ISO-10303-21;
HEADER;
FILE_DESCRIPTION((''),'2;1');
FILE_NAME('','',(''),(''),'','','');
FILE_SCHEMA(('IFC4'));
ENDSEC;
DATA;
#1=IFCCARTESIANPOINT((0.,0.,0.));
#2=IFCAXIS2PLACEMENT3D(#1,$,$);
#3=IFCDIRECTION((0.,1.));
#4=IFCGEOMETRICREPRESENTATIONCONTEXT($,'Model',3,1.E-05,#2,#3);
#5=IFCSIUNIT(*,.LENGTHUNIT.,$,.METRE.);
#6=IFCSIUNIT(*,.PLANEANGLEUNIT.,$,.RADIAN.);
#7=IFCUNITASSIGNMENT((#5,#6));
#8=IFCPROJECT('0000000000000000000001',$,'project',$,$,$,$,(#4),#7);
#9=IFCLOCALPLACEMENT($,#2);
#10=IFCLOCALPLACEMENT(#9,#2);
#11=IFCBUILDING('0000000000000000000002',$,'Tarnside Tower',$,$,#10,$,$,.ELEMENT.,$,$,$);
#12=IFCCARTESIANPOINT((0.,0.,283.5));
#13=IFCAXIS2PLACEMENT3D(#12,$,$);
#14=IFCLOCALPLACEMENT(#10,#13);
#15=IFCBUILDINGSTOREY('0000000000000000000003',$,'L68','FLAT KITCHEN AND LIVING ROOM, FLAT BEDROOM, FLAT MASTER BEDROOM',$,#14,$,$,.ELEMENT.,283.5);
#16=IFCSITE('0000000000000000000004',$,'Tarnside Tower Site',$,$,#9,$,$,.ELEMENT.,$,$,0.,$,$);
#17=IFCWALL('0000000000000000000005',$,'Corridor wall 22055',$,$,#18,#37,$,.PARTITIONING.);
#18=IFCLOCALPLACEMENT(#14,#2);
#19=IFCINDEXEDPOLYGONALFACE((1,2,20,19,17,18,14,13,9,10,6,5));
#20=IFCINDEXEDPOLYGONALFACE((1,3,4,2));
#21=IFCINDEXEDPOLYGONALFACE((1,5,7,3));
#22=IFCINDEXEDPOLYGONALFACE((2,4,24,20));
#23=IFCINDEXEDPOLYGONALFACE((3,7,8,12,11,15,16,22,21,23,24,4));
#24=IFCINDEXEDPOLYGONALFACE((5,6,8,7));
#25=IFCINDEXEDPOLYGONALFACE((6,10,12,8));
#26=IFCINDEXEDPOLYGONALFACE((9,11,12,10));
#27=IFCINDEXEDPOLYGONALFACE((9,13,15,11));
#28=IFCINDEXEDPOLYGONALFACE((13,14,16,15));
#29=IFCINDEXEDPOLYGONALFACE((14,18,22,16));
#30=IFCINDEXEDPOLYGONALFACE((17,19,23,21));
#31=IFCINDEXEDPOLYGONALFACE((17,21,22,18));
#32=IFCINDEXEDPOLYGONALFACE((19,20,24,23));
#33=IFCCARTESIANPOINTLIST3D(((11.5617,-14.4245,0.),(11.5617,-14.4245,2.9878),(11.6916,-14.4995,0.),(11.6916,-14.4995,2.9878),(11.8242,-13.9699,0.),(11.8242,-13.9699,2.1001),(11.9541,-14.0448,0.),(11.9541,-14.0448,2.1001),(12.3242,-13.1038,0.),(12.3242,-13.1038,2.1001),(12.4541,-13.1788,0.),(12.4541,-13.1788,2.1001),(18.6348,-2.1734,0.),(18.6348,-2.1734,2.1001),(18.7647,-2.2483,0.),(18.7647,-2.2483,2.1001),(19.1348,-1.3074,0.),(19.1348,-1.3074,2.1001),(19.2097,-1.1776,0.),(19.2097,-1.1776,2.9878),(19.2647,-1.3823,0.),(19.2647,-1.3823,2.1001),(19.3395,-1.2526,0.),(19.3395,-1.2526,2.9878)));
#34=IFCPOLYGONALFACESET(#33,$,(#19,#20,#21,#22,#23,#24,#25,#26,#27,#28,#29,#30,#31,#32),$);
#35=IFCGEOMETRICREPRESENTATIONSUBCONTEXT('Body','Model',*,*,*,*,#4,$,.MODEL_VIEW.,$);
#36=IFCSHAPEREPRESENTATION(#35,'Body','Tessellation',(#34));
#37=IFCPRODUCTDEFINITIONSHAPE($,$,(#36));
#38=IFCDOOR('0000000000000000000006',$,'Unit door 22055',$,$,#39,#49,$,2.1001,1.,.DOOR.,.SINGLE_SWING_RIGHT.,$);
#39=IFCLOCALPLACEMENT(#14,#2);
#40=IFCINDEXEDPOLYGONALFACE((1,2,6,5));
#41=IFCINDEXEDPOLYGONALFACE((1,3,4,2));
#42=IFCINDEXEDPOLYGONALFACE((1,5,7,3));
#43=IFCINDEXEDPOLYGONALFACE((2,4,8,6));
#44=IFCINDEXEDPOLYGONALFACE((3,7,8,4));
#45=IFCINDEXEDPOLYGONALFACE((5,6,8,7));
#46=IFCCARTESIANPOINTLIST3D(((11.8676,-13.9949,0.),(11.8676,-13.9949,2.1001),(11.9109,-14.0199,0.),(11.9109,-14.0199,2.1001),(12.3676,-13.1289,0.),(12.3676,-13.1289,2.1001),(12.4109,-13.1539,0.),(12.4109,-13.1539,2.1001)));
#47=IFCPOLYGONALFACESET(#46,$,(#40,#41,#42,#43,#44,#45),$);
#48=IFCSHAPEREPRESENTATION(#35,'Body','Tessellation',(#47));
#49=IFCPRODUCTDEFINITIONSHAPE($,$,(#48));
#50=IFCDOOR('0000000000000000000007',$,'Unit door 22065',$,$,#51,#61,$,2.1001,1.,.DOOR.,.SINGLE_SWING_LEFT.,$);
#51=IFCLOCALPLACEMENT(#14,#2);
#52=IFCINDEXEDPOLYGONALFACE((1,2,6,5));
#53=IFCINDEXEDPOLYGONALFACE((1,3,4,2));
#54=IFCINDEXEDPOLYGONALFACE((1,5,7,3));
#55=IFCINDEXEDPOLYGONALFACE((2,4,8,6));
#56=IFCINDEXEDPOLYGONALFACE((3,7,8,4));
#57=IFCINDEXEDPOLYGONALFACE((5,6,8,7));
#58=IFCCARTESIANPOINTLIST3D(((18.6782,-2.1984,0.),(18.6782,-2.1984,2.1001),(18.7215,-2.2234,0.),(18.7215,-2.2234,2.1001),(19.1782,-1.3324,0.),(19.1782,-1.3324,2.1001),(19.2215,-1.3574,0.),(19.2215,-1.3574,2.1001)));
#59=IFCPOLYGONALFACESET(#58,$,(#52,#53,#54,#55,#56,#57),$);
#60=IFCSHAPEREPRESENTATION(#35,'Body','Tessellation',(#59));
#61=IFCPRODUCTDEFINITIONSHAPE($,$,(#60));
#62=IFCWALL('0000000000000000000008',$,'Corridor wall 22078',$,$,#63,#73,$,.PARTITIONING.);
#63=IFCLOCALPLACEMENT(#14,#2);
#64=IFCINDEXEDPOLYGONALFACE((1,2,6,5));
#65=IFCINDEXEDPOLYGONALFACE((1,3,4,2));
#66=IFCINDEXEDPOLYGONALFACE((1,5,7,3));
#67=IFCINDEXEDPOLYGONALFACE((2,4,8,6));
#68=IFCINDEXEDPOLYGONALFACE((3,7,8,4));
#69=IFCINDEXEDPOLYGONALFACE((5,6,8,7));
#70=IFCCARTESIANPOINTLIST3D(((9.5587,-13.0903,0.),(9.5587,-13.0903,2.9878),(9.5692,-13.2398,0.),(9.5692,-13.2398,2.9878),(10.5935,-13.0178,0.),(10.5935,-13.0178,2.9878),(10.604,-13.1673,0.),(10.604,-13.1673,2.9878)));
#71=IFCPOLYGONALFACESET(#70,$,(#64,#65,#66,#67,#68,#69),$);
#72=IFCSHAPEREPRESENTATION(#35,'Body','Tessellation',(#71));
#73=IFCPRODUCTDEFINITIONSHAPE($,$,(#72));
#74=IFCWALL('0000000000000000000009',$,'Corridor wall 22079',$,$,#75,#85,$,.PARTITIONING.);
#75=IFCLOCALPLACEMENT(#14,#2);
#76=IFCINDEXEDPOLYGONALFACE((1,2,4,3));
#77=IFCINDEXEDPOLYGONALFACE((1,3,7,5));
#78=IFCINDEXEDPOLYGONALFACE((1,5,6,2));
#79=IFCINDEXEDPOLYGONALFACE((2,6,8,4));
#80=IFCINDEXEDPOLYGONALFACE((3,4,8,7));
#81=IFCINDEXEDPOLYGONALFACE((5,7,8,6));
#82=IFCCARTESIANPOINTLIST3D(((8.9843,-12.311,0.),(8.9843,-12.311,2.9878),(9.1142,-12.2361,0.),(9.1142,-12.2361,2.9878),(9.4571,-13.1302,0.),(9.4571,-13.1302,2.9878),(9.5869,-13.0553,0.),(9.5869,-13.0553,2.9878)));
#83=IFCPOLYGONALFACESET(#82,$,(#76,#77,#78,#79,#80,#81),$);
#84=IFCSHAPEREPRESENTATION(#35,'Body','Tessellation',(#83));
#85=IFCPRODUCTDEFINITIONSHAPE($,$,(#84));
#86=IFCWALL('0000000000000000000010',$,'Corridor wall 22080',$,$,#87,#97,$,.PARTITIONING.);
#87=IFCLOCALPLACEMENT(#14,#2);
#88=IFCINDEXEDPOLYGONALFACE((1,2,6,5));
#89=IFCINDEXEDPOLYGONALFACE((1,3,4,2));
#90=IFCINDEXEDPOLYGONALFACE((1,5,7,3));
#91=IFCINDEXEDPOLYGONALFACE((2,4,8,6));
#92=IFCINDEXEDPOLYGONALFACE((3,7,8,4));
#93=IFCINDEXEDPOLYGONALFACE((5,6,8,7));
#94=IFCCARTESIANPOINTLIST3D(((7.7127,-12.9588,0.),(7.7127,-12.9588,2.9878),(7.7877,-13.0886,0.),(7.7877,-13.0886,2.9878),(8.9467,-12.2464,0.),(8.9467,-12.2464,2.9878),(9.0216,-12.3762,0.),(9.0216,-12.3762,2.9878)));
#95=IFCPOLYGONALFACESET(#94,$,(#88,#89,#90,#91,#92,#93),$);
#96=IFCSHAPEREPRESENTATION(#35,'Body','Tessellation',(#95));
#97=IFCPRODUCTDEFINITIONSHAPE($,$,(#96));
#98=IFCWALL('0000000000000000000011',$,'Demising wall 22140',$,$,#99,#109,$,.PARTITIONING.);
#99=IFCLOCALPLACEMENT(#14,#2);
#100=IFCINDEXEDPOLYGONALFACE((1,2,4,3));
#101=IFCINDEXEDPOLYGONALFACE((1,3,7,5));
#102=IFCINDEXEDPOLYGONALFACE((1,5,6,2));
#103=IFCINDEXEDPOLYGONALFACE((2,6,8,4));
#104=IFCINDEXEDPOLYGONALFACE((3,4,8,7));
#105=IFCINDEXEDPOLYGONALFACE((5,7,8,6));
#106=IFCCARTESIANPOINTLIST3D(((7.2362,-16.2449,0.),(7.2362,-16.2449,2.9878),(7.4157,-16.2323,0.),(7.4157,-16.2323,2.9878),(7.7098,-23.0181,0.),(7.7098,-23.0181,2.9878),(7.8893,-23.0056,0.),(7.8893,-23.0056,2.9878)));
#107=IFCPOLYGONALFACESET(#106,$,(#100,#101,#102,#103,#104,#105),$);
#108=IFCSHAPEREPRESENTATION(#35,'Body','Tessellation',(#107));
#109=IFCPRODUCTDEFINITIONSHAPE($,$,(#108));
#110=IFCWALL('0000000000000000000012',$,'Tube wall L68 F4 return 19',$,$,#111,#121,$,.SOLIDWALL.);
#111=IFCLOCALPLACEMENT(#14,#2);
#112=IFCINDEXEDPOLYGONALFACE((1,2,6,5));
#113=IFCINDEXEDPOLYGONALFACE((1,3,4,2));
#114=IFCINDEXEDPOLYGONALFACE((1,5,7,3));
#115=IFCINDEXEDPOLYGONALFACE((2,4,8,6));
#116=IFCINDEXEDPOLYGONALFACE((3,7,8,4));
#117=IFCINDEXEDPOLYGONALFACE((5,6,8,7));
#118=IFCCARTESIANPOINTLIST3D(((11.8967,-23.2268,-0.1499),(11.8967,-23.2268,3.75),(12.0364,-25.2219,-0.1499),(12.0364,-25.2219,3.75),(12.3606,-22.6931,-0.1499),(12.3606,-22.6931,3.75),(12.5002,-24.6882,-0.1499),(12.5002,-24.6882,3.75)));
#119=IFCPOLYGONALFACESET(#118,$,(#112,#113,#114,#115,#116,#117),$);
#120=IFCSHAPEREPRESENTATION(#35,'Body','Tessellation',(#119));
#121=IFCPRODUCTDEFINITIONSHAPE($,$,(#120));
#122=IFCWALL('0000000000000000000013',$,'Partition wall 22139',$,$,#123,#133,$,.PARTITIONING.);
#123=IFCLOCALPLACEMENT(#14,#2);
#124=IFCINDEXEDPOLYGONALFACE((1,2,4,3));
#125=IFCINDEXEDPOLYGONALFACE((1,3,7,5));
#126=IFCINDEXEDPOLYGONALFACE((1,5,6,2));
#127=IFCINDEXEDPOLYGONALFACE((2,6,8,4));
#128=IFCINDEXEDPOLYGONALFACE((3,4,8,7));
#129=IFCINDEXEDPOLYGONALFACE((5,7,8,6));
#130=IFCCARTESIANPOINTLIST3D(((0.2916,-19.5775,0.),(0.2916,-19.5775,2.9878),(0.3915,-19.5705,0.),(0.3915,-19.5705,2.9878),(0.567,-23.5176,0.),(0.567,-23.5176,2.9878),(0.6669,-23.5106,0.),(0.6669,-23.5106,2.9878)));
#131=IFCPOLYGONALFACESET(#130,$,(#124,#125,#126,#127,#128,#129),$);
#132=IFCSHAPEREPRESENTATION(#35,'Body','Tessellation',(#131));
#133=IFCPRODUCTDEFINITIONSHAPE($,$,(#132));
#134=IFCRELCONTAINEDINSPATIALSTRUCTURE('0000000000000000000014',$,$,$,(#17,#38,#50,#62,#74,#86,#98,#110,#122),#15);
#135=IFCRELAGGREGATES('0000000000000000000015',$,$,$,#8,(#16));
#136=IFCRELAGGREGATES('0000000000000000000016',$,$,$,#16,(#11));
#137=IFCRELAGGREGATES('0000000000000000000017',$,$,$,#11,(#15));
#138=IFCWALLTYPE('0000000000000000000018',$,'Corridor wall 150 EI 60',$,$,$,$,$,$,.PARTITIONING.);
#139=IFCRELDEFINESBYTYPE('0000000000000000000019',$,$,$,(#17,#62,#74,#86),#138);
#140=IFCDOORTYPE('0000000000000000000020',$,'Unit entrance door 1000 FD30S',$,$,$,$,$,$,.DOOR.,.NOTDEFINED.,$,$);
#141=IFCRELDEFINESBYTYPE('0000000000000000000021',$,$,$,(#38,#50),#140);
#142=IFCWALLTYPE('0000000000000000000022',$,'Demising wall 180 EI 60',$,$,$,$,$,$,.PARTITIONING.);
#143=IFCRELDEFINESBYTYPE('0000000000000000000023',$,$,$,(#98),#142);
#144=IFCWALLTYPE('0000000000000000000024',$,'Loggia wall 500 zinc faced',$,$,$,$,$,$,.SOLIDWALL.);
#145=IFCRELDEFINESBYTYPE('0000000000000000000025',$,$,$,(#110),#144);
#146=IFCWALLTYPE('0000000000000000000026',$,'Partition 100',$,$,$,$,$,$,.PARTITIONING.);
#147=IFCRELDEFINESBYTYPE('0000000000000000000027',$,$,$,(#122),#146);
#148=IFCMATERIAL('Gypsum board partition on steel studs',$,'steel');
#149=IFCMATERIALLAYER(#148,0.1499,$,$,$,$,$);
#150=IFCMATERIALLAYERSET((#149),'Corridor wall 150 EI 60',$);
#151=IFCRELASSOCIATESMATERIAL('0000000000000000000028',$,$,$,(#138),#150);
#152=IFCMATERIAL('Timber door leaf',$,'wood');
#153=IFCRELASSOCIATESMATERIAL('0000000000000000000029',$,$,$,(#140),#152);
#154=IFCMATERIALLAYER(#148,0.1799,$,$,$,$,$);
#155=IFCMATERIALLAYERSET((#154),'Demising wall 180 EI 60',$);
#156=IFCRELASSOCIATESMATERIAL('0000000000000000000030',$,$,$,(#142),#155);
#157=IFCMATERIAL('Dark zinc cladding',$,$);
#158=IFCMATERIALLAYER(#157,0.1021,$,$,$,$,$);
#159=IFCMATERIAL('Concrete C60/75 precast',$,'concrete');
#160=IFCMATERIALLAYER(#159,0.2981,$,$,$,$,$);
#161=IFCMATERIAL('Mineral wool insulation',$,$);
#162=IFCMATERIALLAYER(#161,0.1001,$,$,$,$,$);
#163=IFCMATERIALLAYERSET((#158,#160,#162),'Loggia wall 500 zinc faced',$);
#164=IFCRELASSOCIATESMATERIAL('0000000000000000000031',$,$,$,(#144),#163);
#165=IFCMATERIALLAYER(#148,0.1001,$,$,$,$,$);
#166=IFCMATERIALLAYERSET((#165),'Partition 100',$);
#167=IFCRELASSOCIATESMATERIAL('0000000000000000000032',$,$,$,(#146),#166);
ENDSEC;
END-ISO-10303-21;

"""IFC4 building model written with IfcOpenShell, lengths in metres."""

from ifc_helpers import new_model, si_unit, direction, frame, frame_2d, origin, place, context, subcontext, project, spatial, polyline, rectangle, outline, extrude, material, layer, layer_set, type_object, element, fill, save


model = new_model("IFC4")

# Units and contexts
model_context = context("Model", 3, precision=1e-05, world=origin(), true_north=direction((0.0, 1.0)))
body_context = subcontext(model_context, "Body", "Model", "MODEL_VIEW")
ifc_project = project(units=[si_unit("LENGTHUNIT", "METRE"), si_unit("PLANEANGLEUNIT", "RADIAN")], contexts=[model_context])

# Site, building, storey
site_placement = place(None, origin())
site = spatial("IfcSite", under=ifc_project, at=site_placement, Name="Tarnside Tower Site", CompositionType="ELEMENT", RefElevation=0.0)
building_placement = place(site_placement, origin())
building = spatial("IfcBuilding", under=site, at=building_placement, Name="Tarnside Tower", CompositionType="ELEMENT")
storey_placement = place(building_placement, frame((0.0, 0.0, 283.5)))
storey = spatial("IfcBuildingStorey", under=building, at=storey_placement, Name="L68", Description="FLAT KITCHEN AND LIVING ROOM, FLAT BEDROOM, FLAT MASTER BEDROOM", CompositionType="ELEMENT", Elevation=283.5)

# Shared definitions
ifc_material_1 = material(Name="Gypsum board partition on steel studs", Category="steel")
ifc_layer_1 = layer(ifc_material_1, 0.1499)
ifc_layer_set_1 = layer_set([ifc_layer_1], Name="Corridor wall 150 EI 60")
wall_type_1 = type_object("IfcWallType", Name="Corridor wall 150 EI 60", PredefinedType="PARTITIONING", material=ifc_layer_set_1)
ifc_material_2 = material(Name="Timber door leaf", Category="wood")
door_type_1 = type_object("IfcDoorType", Name="Unit entrance door 1000 FD30S", OperationType="NOTDEFINED", PredefinedType="DOOR", material=ifc_material_2)

# Wall, openings, doors
wall_1_placement = place(storey_placement, frame((11.6267, -14.4619, 0.0), z_axis=(0.0, 0.0, 1.0), x_axis=(0.499995, 0.866029, 0.0)))
wall_1 = element("IfcWall", 1, at=wall_1_placement, inside=storey, type_object=wall_type_1, Name="Corridor wall 22055", PredefinedType="PARTITIONING", context=body_context, shape_type="SweptSolid", body=[
    extrude(rectangle(XDim=15.2961, YDim=0.1499, at=frame_2d((7.6479, 0.0))), origin(), (0.0, 0.0, 1.0), 2.9878),
])
opening_1_placement = place(wall_1_placement, frame((0.5249, 0.0, 0.0)))
opening_1 = element("IfcOpeningElement", 2, at=opening_1_placement, cuts=wall_1, PredefinedType="OPENING", context=body_context, shape_type="SweptSolid", body=[
    extrude(rectangle(XDim=1.0, YDim=2.1001, at=frame_2d((0.5, 1.05))), frame((0.0, 0.085, 0.0), z_axis=(0.0, -1.0, 0.0), x_axis=(1.0, 0.0, 0.0)), (0.0, 0.0, 1.0), 0.1699),
])
opening_2_placement = place(wall_1_placement, frame((14.1462, 0.0, 0.0)))
opening_2 = element("IfcOpeningElement", 3, at=opening_2_placement, cuts=wall_1, PredefinedType="OPENING", context=body_context, shape_type="SweptSolid", body=[
    extrude(rectangle(XDim=1.0, YDim=2.1001, at=frame_2d((0.5, 1.05))), frame((0.0, 0.085, 0.0), z_axis=(0.0, -1.0, 0.0), x_axis=(1.0, 0.0, 0.0)), (0.0, 0.0, 1.0), 0.1699),
])
door_1_placement = place(opening_1_placement, origin())
door_1 = element("IfcDoor", 4, at=door_1_placement, inside=storey, type_object=door_type_1, Name="Unit door 22055", OperationType="SINGLE_SWING_RIGHT", OverallHeight=2.1001, OverallWidth=1.0, PredefinedType="DOOR", context=body_context, shape_type="SweptSolid", body=[
    extrude(rectangle(XDim=1.0, YDim=2.1001, at=frame_2d((0.5, 1.05))), frame((0.0, 0.0249, 0.0), z_axis=(0.0, -1.0, 0.0), x_axis=(1.0, 0.0, 0.0)), (0.0, 0.0, 1.0), 0.05),
])
fill(opening_1, door_1)
door_2_placement = place(opening_2_placement, origin())
door_2 = element("IfcDoor", 5, at=door_2_placement, inside=storey, type_object=door_type_1, Name="Unit door 22065", OperationType="SINGLE_SWING_LEFT", OverallHeight=2.1001, OverallWidth=1.0, PredefinedType="DOOR", context=body_context, shape_type="SweptSolid", body=[
    extrude(rectangle(XDim=1.0, YDim=2.1001, at=frame_2d((0.5, 1.05))), frame((0.0, 0.0249, 0.0), z_axis=(0.0, -1.0, 0.0), x_axis=(1.0, 0.0, 0.0)), (0.0, 0.0, 1.0), 0.05),
])
fill(opening_2, door_2)

# Walls
wall_2_placement = place(storey_placement, frame((10.5986, -13.0925, 0.0), z_axis=(0.0, 0.0, 1.0), x_axis=(-0.997555, -0.069892, 0.0)))
element("IfcWall", 6, at=wall_2_placement, inside=storey, type_object=wall_type_1, Name="Corridor wall 22078", PredefinedType="PARTITIONING", context=body_context, shape_type="SweptSolid", body=[
    extrude(rectangle(XDim=1.0374, YDim=0.1499, at=frame_2d((0.5186, 0.0))), origin(), (0.0, 0.0, 1.0), 2.9878),
])
wall_3_placement = place(storey_placement, frame((9.522, -13.0928, 0.0), z_axis=(0.0, 0.0, 1.0), x_axis=(-0.499804, 0.866138, 0.0)))
element("IfcWall", 7, at=wall_3_placement, inside=storey, type_object=wall_type_1, Name="Corridor wall 22079", PredefinedType="PARTITIONING", context=body_context, shape_type="SweptSolid", body=[
    extrude(rectangle(XDim=0.9458, YDim=0.1499, at=frame_2d((0.4729, 0.0))), origin(), (0.0, 0.0, 1.0), 2.9878),
])
wall_4_placement = place(storey_placement, frame((8.9841, -12.3113, 0.0), z_axis=(0.0, 0.0, 1.0), x_axis=(-0.86602, -0.500009, 0.0)))
element("IfcWall", 8, at=wall_4_placement, inside=storey, type_object=wall_type_1, Name="Corridor wall 22080", PredefinedType="PARTITIONING", context=body_context, shape_type="SweptSolid", body=[
    extrude(rectangle(XDim=1.4248, YDim=0.1499, at=frame_2d((0.7124, 0.0))), origin(), (0.0, 0.0, 1.0), 2.9878),
])
ifc_layer_2 = layer(ifc_material_1, 0.1799)
ifc_layer_set_2 = layer_set([ifc_layer_2], Name="Demising wall 180 EI 60")
wall_type_2 = type_object("IfcWallType", Name="Demising wall 180 EI 60", PredefinedType="PARTITIONING", material=ifc_layer_set_2)
wall_5_placement = place(storey_placement, frame((7.7996, -23.012, 0.0), z_axis=(0.0, 0.0, 1.0), x_axis=(-0.069757, 0.997564, 0.0)))
element("IfcWall", 9, at=wall_5_placement, inside=storey, type_object=wall_type_2, Name="Demising wall 22140", PredefinedType="PARTITIONING", context=body_context, shape_type="SweptSolid", body=[
    extrude(rectangle(XDim=6.7898, YDim=0.1799, at=frame_2d((3.395, 0.0))), origin(), (0.0, 0.0, 1.0), 2.9878),
])
ifc_material_3 = material(Name="Dark zinc cladding")
ifc_layer_3 = layer(ifc_material_3, 0.1021)
ifc_material_4 = material(Name="Concrete C60/75 precast", Category="concrete")
ifc_layer_4 = layer(ifc_material_4, 0.2981)
ifc_material_5 = material(Name="Mineral wool insulation")
ifc_layer_5 = layer(ifc_material_5, 0.1001)
ifc_layer_set_3 = layer_set([ifc_layer_3, ifc_layer_4, ifc_layer_5], Name="Loggia wall 500 zinc faced")
wall_type_3 = type_object("IfcWallType", Name="Loggia wall 500 zinc faced", PredefinedType="SOLIDWALL", material=ifc_layer_set_3)
wall_6_placement = place(storey_placement, frame((12.1287, -22.96, -0.1499), z_axis=(0.0, 0.0, 1.0), x_axis=(0.069824, -0.997559, 0.0)))
element("IfcWall", 10, at=wall_6_placement, inside=storey, type_object=wall_type_3, Name="Tube wall L68 F4 return 19", PredefinedType="SOLIDWALL", context=body_context, shape_type="SweptSolid", body=[
    extrude(outline(polyline([(0.25, -0.25), (2.25, -0.25), (1.75, 0.25), (-0.25, 0.25), (0.25, -0.25)])), origin(), (0.0, 0.0, 1.0), 3.8999),
])
ifc_layer_6 = layer(ifc_material_1, 0.1001)
ifc_layer_set_4 = layer_set([ifc_layer_6], Name="Partition 100")
wall_type_4 = type_object("IfcWallType", Name="Partition 100", PredefinedType="PARTITIONING", material=ifc_layer_set_4)
wall_7_placement = place(storey_placement, frame((0.3416, -19.574, 0.0), z_axis=(0.0, 0.0, 1.0), x_axis=(0.069723, -0.997566, 0.0)))
element("IfcWall", 11, at=wall_7_placement, inside=storey, type_object=wall_type_4, Name="Partition wall 22139", PredefinedType="PARTITIONING", context=body_context, shape_type="SweptSolid", body=[
    extrude(rectangle(XDim=3.9497, YDim=0.1001, at=frame_2d((1.9749, 0.0))), origin(), (0.0, 0.0, 1.0), 2.9878),
])

save(model, "model.ifc")
